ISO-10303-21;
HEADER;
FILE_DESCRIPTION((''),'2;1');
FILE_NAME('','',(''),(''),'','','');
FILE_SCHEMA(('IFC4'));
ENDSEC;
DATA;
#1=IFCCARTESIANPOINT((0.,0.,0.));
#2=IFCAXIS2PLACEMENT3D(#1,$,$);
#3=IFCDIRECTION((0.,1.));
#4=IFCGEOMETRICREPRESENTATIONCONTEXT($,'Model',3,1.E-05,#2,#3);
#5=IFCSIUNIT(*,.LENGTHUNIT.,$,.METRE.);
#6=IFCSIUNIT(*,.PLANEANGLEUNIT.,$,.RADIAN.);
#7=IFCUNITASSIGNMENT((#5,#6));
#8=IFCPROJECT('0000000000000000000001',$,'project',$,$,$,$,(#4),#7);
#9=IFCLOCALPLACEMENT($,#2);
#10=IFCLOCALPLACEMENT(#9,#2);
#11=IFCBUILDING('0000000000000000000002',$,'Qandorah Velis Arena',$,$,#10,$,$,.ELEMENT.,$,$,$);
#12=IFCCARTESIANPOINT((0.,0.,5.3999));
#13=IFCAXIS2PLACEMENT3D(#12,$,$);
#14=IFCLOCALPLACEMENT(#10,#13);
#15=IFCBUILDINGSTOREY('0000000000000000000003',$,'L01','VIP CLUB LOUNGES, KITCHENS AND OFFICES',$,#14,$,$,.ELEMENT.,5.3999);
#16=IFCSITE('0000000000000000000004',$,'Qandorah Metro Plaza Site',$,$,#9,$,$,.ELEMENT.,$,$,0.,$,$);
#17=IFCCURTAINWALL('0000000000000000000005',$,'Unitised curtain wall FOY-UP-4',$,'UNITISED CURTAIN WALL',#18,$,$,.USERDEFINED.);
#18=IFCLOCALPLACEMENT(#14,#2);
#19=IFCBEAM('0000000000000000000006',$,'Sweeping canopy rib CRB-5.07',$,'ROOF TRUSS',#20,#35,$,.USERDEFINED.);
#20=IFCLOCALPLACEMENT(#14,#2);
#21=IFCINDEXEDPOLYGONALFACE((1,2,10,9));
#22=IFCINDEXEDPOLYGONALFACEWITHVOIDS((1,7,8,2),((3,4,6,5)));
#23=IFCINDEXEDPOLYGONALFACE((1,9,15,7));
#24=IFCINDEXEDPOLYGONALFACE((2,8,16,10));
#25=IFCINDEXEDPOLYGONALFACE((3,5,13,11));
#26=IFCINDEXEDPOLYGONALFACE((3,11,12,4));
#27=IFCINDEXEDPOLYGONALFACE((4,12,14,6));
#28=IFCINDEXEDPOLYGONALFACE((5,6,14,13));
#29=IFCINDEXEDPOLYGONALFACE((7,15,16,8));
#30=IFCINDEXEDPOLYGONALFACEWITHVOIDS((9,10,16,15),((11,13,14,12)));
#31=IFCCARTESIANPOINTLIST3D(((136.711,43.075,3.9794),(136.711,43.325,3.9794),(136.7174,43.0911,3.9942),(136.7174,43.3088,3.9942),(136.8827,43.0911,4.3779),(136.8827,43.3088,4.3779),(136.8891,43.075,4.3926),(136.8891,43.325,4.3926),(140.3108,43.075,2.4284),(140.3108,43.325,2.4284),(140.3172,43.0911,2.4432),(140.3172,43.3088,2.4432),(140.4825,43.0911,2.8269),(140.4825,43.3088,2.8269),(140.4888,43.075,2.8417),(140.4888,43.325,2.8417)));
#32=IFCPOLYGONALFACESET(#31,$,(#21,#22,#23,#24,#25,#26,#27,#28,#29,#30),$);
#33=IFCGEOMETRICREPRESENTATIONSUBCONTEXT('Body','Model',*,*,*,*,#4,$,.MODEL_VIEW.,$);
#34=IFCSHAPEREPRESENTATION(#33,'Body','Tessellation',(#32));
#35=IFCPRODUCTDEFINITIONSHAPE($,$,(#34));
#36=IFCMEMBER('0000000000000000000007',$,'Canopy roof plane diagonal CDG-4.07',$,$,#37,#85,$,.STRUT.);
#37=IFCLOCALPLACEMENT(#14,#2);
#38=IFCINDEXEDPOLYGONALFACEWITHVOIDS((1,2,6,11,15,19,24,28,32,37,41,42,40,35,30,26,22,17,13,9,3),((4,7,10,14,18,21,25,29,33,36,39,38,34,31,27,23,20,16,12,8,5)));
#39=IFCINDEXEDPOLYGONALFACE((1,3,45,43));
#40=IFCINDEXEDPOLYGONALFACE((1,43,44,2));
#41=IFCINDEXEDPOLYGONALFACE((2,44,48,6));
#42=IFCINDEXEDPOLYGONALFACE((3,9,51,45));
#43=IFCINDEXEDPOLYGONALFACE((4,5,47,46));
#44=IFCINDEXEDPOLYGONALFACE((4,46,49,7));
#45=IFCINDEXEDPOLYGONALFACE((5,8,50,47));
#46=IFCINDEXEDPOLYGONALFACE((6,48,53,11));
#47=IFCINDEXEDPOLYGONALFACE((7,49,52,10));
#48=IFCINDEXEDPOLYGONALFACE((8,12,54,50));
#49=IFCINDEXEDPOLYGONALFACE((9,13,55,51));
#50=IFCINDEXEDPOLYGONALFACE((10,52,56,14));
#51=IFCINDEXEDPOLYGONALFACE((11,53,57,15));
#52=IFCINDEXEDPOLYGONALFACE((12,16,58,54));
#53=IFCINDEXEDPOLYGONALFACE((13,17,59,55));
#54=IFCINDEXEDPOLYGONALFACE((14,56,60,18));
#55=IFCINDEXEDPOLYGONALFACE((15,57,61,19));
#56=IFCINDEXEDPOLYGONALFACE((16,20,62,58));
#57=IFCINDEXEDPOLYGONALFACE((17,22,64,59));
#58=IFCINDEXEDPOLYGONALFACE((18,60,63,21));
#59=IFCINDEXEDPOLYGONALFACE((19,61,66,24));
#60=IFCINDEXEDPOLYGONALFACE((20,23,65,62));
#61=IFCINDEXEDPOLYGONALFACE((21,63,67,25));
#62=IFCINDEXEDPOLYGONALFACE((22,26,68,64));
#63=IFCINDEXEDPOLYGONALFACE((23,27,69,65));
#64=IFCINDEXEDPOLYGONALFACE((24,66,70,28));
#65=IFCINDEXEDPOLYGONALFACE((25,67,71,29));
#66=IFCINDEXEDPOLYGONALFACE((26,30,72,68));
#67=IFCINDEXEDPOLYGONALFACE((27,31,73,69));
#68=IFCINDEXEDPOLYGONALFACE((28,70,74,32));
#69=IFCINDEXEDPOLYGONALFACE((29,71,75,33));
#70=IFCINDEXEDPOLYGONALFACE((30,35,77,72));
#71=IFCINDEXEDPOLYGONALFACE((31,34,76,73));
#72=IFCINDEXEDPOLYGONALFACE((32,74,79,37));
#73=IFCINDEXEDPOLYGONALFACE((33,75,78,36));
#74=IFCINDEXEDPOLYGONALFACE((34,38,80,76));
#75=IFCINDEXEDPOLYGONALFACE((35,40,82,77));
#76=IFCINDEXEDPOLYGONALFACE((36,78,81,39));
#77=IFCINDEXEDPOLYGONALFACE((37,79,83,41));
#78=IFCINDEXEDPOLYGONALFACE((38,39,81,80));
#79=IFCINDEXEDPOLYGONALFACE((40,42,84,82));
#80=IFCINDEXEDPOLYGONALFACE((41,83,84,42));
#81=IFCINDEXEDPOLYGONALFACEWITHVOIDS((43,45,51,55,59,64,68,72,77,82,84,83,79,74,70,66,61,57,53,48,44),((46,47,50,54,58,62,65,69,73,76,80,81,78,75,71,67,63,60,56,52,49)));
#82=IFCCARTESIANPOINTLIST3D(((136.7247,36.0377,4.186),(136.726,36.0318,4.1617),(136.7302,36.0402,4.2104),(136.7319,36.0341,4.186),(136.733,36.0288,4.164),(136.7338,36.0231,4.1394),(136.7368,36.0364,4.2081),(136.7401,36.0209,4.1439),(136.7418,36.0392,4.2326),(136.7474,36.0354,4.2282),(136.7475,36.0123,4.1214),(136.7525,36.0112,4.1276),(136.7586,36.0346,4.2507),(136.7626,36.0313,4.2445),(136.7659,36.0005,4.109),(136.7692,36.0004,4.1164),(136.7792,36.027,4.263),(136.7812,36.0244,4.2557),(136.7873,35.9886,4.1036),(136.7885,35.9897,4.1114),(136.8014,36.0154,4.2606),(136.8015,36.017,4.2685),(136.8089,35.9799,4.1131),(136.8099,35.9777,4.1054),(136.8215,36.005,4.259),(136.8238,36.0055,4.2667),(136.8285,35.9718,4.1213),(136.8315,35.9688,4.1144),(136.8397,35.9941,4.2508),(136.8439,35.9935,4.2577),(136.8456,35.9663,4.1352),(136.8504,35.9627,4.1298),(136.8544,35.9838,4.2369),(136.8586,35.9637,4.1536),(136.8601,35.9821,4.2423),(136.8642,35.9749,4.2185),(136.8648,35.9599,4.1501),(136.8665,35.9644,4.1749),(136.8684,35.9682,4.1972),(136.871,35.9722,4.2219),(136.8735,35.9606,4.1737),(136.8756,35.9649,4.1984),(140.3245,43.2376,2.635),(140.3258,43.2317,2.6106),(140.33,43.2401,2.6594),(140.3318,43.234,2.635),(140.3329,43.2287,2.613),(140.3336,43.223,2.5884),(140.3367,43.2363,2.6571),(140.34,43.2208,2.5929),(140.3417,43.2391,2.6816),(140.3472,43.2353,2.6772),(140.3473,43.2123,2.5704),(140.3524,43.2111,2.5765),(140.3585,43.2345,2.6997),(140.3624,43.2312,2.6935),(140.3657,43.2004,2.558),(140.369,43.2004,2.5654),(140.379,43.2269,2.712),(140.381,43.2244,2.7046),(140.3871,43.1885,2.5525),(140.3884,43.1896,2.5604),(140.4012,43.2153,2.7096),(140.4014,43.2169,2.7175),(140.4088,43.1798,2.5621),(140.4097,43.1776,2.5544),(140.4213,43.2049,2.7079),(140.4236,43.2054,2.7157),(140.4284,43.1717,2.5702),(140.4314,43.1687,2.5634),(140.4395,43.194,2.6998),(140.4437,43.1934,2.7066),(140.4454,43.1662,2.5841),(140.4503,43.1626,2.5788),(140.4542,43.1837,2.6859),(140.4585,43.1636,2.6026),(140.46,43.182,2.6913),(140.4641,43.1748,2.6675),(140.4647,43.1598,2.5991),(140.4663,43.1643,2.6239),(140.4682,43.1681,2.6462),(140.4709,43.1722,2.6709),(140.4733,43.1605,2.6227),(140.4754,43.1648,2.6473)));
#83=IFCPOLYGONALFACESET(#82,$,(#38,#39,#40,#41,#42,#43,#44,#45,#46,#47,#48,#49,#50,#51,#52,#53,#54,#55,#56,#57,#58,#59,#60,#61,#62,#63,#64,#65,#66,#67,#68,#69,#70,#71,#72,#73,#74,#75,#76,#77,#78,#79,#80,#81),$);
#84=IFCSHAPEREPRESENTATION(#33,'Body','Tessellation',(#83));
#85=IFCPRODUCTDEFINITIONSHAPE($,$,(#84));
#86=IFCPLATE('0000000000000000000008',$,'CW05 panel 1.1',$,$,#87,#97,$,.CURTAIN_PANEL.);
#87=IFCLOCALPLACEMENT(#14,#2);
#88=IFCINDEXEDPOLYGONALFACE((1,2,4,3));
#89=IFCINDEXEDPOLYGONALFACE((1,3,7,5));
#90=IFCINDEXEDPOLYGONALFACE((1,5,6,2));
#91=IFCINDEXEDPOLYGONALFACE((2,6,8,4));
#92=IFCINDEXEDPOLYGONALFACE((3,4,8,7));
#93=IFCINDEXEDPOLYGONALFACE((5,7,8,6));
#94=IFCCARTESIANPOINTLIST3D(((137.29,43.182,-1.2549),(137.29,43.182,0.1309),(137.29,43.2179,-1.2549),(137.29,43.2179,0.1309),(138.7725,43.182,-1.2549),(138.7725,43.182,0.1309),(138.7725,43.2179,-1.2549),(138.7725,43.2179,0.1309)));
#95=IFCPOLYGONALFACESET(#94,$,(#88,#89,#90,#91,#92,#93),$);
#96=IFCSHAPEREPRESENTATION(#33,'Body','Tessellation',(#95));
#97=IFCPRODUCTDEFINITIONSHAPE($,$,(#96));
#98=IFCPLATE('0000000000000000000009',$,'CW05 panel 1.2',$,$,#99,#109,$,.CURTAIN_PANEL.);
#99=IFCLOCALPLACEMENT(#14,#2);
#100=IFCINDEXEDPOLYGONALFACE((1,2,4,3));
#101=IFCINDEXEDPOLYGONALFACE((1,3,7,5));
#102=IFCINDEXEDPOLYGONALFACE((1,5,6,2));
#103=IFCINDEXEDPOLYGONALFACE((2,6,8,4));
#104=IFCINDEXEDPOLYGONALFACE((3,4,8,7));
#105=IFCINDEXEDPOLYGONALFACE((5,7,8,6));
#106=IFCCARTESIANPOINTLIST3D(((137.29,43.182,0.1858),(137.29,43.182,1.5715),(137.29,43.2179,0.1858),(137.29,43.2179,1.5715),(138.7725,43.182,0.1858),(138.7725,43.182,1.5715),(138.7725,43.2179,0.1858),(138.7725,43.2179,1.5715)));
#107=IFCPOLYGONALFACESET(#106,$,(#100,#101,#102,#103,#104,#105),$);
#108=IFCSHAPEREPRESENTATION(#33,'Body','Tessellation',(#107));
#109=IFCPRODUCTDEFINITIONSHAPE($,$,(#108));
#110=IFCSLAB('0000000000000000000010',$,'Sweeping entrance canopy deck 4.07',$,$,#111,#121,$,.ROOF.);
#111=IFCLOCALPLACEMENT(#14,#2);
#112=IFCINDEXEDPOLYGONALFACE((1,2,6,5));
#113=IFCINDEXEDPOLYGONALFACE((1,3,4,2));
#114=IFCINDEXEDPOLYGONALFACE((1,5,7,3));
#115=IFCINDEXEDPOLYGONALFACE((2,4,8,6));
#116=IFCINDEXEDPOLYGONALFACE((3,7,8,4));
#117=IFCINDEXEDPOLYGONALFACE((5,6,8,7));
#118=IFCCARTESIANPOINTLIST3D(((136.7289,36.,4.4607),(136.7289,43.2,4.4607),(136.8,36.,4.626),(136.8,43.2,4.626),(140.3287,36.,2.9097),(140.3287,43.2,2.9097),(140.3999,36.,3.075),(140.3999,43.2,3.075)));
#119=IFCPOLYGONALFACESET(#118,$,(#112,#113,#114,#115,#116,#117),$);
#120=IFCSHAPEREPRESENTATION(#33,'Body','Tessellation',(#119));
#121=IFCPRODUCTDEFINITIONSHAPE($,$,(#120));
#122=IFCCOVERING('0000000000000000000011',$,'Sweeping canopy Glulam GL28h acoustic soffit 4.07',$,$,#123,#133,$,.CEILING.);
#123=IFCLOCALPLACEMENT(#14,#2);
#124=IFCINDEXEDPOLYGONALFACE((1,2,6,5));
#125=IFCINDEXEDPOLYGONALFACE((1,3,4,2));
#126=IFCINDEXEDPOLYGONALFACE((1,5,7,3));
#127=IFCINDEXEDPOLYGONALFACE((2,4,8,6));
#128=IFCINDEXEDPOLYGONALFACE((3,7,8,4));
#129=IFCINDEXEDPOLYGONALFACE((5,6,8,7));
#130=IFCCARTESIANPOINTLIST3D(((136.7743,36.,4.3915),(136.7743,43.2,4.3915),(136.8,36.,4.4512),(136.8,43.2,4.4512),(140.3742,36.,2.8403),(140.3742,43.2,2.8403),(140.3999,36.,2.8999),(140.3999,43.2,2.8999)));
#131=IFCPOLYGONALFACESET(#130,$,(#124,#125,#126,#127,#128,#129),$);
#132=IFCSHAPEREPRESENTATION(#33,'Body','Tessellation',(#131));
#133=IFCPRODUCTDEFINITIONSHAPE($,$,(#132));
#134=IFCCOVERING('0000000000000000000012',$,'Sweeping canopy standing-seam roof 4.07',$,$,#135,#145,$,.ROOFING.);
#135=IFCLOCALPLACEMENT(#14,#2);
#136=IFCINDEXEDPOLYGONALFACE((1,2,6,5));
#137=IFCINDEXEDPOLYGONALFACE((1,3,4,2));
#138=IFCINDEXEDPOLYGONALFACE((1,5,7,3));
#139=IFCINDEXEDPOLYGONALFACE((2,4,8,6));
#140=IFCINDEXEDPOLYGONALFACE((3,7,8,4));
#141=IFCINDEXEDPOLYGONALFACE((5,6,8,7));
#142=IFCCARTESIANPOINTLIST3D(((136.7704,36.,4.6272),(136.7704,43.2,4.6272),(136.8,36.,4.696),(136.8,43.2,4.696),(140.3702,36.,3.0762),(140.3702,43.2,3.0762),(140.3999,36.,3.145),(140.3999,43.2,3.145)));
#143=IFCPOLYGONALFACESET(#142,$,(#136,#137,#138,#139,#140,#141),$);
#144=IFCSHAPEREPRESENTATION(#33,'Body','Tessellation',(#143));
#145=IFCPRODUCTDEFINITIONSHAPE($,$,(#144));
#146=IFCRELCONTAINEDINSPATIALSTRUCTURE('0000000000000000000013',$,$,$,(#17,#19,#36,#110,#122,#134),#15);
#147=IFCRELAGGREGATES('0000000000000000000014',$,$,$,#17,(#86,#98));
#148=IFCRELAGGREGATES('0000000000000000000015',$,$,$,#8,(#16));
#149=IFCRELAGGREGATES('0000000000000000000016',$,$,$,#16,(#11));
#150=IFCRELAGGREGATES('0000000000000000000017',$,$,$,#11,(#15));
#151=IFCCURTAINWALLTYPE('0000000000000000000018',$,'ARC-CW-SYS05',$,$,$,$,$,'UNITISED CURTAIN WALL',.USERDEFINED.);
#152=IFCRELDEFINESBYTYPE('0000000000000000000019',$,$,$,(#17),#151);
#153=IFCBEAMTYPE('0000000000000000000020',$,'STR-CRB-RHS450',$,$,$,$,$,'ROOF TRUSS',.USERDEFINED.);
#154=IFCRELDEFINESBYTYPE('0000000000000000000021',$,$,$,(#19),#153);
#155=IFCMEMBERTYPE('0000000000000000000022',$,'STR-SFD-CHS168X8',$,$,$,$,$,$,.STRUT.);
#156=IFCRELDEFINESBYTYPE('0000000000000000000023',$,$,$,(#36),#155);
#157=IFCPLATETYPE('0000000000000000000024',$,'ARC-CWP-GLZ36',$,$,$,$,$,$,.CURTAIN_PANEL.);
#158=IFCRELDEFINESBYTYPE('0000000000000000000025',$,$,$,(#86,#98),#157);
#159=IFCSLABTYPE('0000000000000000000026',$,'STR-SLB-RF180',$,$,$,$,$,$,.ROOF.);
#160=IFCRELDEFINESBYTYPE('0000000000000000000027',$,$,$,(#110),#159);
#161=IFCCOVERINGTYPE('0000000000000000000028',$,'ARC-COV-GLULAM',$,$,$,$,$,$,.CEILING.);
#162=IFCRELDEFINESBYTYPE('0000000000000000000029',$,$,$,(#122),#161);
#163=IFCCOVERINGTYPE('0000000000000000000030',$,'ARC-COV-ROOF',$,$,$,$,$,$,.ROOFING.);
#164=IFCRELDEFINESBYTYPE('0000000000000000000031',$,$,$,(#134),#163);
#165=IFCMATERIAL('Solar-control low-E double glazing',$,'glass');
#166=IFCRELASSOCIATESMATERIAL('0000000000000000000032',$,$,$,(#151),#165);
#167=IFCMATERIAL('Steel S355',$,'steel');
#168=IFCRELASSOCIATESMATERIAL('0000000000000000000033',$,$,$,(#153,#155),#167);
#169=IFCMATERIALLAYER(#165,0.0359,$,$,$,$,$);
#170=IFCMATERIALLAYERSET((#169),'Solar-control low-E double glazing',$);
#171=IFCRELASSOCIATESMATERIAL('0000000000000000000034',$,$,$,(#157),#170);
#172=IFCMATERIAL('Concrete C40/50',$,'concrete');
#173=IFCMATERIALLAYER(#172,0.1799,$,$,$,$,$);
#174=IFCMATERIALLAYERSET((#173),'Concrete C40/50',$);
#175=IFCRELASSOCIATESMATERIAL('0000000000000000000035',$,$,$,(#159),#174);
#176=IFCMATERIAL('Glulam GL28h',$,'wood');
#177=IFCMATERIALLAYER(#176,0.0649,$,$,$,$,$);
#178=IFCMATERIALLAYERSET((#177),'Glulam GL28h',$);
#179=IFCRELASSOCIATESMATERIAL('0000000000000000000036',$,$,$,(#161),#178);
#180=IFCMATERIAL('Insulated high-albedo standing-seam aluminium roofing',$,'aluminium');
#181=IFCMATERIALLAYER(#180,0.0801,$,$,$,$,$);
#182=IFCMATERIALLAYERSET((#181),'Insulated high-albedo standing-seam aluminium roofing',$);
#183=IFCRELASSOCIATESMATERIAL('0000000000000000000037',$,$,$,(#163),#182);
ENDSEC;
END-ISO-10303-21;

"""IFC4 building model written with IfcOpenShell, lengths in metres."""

from ifc_helpers import new_model, si_unit, direction, frame, origin, origin_2d, place, context, subcontext, project, spatial, polyline, rectangle, hollow_rectangle, hollow_circle, outline, extrude, material, layer, layer_set, material_profile, profile_set, type_object, element, aggregate, save


model = new_model("IFC4")

# Units and contexts
model_context = context("Model", 3, precision=1e-05, world=origin(), true_north=direction((0.0, 1.0)))
body_context = subcontext(model_context, "Body", "Model", "MODEL_VIEW")
ifc_project = project(units=[si_unit("LENGTHUNIT", "METRE"), si_unit("PLANEANGLEUNIT", "RADIAN")], contexts=[model_context])

# Site, building, storey
site_placement = place(None, origin())
site = spatial("IfcSite", under=ifc_project, at=site_placement, Name="Qandorah Metro Plaza Site", CompositionType="ELEMENT", RefElevation=0.0)
building_placement = place(site_placement, origin())
building = spatial("IfcBuilding", under=site, at=building_placement, Name="Qandorah Velis Arena", CompositionType="ELEMENT")
storey_placement = place(building_placement, frame((0.0, 0.0, 5.3999)))
storey = spatial("IfcBuildingStorey", under=building, at=storey_placement, Name="L01", Description="VIP CLUB LOUNGES, KITCHENS AND OFFICES", CompositionType="ELEMENT", Elevation=5.3999)

# Shared definitions
ifc_material_1 = material(Name="Concrete C40/50", Category="concrete")

# Shared definitions
ifc_material_2 = material(Name="Solar-control low-E double glazing", Category="glass")

# Curtain wall
curtain_wall_type_1 = type_object("IfcCurtainWallType", Name="ARC-CW-SYS05", ElementType="UNITISED CURTAIN WALL", PredefinedType="USERDEFINED", material=ifc_material_2)
curtain_wall_1_placement = place(storey_placement, origin())
curtain_wall_1 = element("IfcCurtainWall", 1, at=curtain_wall_1_placement, inside=storey, type_object=curtain_wall_type_1, Name="Unitised curtain wall FOY-UP-4", ObjectType="UNITISED CURTAIN WALL", PredefinedType="USERDEFINED")

# Beam
ifc_material_3 = material(Name="Steel S355", Category="steel")
ifc_material_profile_1 = material_profile(ifc_material_3, hollow_rectangle(XDim=0.25, YDim=0.45, WallThickness=0.0161, at=origin_2d()), Name="RHS 450x250x16")
ifc_profile_set_1 = profile_set([ifc_material_profile_1], Name="Steel S355")
beam_type_1 = type_object("IfcBeamType", Name="STR-CRB-RHS450", ElementType="ROOF TRUSS", PredefinedType="USERDEFINED", material=ifc_profile_set_1)
for number, where, z_axis, x_axis, name in (
    (2, (136.8, 43.2, 4.186), (0.918383, 0.0, -0.395693), (0.0, 1.0, 0.0), "Sweeping canopy rib CRB-5.07"),
):
    element("IfcBeam", number, at=place(storey_placement, frame(where, z_axis=z_axis, x_axis=x_axis)), inside=storey, type_object=beam_type_1, Name=name, ObjectType="ROOF TRUSS", PredefinedType="USERDEFINED", context=body_context, shape_type="SweptSolid", body=[
        extrude(hollow_rectangle(XDim=0.25, YDim=0.45, WallThickness=0.0161, at=origin_2d()), origin(), (0.0, 0.0, 1.0), 3.9197),
    ])

# Member
ifc_material_profile_2 = material_profile(ifc_material_3, hollow_circle(Radius=0.0842, WallThickness=0.0081, at=origin_2d()), Name="CHS 168.3x8")
ifc_profile_set_2 = profile_set([ifc_material_profile_2], Name="Steel S355")
member_type_1 = type_object("IfcMemberType", Name="STR-SFD-CHS168X8", PredefinedType="STRUT", material=ifc_profile_set_2)
member_1_placement = place(storey_placement, frame((136.8, 36.0, 4.186), z_axis=(0.439124, 0.878278, -0.1892), x_axis=(-0.894433, 0.447201, 0.0)))
element("IfcMember", 3, at=member_1_placement, inside=storey, type_object=member_type_1, Name="Canopy roof plane diagonal CDG-4.07", PredefinedType="STRUT", context=body_context, shape_type="SweptSolid", body=[
    extrude(hollow_circle(Radius=0.0842, WallThickness=0.0081, at=origin_2d()), origin(), (0.0, 0.0, 1.0), 8.1978),
])

# Plates
ifc_layer_1 = layer(ifc_material_2, 0.0359)
ifc_layer_set_1 = layer_set([ifc_layer_1], Name="Solar-control low-E double glazing")
plate_type = type_object("IfcPlateType", Name="ARC-CWP-GLZ36", PredefinedType="CURTAIN_PANEL", material=ifc_layer_set_1)
plate_1_placement = place(storey_placement, frame((138.0312, 43.2, -1.2549), z_axis=(0.0, 0.0, 1.0), x_axis=(1.0, 0.0, 0.0)))
plate_1 = element("IfcPlate", 4, at=plate_1_placement, type_object=plate_type, Name="CW05 panel 1.1", PredefinedType="CURTAIN_PANEL", context=body_context, shape_type="SweptSolid", body=[
    extrude(rectangle(XDim=1.4824, YDim=0.0359, at=origin_2d()), origin(), (0.0, 0.0, 1.0), 1.3857),
])
plate_2_placement = place(storey_placement, frame((138.0312, 43.2, 0.1858), z_axis=(0.0, 0.0, 1.0), x_axis=(1.0, 0.0, 0.0)))
plate_2 = element("IfcPlate", 5, at=plate_2_placement, type_object=plate_type, Name="CW05 panel 1.2", PredefinedType="CURTAIN_PANEL", context=body_context, shape_type="SweptSolid", body=[
    extrude(rectangle(XDim=1.4824, YDim=0.0359, at=origin_2d()), origin(), (0.0, 0.0, 1.0), 1.3857),
])
aggregate(curtain_wall_1, [plate_1, plate_2])

# Slab
ifc_layer_2 = layer(ifc_material_1, 0.1799)
ifc_layer_set_2 = layer_set([ifc_layer_2], Name="Concrete C40/50")
slab_type = type_object("IfcSlabType", Name="STR-SLB-RF180", PredefinedType="ROOF", material=ifc_layer_set_2)
slab_placement = place(storey_placement, frame((136.8, 36.0, 4.626), z_axis=(0.395693, 0.0, 0.918383), x_axis=(0.918383, 0.0, -0.395693)))
element("IfcSlab", 6, at=slab_placement, inside=storey, type_object=slab_type, Name="Sweeping entrance canopy deck 4.07", PredefinedType="ROOF", context=body_context, shape_type="SweptSolid", body=[
    extrude(outline(polyline([(0.0, 0.0), (3.9198, 0.0), (3.9198, 7.2), (0.0, 7.2), (0.0, 0.0)])), origin(), (0.0, 0.0, -1.0), 0.1799),
])

# Coverings
ifc_material_4 = material(Name="Glulam GL28h", Category="wood")
ifc_layer_3 = layer(ifc_material_4, 0.0649)
ifc_layer_set_3 = layer_set([ifc_layer_3], Name="Glulam GL28h")
covering_type_1 = type_object("IfcCoveringType", Name="ARC-COV-GLULAM", PredefinedType="CEILING", material=ifc_layer_set_3)
covering_1_placement = place(storey_placement, frame((136.8, 36.0, 4.4512), z_axis=(0.395745, 0.0, 0.91836), x_axis=(0.91836, 0.0, -0.395745)))
element("IfcCovering", 7, at=covering_1_placement, inside=storey, type_object=covering_type_1, Name="Sweeping canopy Glulam GL28h acoustic soffit 4.07", PredefinedType="CEILING", context=body_context, shape_type="SweptSolid", body=[
    extrude(outline(polyline([(0.0, 0.0), (3.9199, 0.0), (3.9199, 7.2), (0.0, 7.2), (0.0, 0.0)])), origin(), (0.0, 0.0, -1.0), 0.0649),
])
ifc_material_5 = material(Name="Insulated high-albedo standing-seam aluminium roofing", Category="aluminium")
ifc_layer_4 = layer(ifc_material_5, 0.0801)
ifc_layer_set_4 = layer_set([ifc_layer_4], Name="Insulated high-albedo standing-seam aluminium roofing")
covering_type_2 = type_object("IfcCoveringType", Name="ARC-COV-ROOF", PredefinedType="ROOFING", material=ifc_layer_set_4)
covering_2_placement = place(storey_placement, frame((136.8, 36.0, 4.696), z_axis=(0.395693, 0.0, 0.918383), x_axis=(0.918383, 0.0, -0.395693)))
element("IfcCovering", 8, at=covering_2_placement, inside=storey, type_object=covering_type_2, Name="Sweeping canopy standing-seam roof 4.07", PredefinedType="ROOFING", context=body_context, shape_type="SweptSolid", body=[
    extrude(outline(polyline([(0.0, 0.0), (3.9198, 0.0), (3.9198, 7.2), (0.0, 7.2), (0.0, 0.0)])), origin(), (0.0, 0.0, -1.0), 0.075),
])

save(model, "model.ifc")
